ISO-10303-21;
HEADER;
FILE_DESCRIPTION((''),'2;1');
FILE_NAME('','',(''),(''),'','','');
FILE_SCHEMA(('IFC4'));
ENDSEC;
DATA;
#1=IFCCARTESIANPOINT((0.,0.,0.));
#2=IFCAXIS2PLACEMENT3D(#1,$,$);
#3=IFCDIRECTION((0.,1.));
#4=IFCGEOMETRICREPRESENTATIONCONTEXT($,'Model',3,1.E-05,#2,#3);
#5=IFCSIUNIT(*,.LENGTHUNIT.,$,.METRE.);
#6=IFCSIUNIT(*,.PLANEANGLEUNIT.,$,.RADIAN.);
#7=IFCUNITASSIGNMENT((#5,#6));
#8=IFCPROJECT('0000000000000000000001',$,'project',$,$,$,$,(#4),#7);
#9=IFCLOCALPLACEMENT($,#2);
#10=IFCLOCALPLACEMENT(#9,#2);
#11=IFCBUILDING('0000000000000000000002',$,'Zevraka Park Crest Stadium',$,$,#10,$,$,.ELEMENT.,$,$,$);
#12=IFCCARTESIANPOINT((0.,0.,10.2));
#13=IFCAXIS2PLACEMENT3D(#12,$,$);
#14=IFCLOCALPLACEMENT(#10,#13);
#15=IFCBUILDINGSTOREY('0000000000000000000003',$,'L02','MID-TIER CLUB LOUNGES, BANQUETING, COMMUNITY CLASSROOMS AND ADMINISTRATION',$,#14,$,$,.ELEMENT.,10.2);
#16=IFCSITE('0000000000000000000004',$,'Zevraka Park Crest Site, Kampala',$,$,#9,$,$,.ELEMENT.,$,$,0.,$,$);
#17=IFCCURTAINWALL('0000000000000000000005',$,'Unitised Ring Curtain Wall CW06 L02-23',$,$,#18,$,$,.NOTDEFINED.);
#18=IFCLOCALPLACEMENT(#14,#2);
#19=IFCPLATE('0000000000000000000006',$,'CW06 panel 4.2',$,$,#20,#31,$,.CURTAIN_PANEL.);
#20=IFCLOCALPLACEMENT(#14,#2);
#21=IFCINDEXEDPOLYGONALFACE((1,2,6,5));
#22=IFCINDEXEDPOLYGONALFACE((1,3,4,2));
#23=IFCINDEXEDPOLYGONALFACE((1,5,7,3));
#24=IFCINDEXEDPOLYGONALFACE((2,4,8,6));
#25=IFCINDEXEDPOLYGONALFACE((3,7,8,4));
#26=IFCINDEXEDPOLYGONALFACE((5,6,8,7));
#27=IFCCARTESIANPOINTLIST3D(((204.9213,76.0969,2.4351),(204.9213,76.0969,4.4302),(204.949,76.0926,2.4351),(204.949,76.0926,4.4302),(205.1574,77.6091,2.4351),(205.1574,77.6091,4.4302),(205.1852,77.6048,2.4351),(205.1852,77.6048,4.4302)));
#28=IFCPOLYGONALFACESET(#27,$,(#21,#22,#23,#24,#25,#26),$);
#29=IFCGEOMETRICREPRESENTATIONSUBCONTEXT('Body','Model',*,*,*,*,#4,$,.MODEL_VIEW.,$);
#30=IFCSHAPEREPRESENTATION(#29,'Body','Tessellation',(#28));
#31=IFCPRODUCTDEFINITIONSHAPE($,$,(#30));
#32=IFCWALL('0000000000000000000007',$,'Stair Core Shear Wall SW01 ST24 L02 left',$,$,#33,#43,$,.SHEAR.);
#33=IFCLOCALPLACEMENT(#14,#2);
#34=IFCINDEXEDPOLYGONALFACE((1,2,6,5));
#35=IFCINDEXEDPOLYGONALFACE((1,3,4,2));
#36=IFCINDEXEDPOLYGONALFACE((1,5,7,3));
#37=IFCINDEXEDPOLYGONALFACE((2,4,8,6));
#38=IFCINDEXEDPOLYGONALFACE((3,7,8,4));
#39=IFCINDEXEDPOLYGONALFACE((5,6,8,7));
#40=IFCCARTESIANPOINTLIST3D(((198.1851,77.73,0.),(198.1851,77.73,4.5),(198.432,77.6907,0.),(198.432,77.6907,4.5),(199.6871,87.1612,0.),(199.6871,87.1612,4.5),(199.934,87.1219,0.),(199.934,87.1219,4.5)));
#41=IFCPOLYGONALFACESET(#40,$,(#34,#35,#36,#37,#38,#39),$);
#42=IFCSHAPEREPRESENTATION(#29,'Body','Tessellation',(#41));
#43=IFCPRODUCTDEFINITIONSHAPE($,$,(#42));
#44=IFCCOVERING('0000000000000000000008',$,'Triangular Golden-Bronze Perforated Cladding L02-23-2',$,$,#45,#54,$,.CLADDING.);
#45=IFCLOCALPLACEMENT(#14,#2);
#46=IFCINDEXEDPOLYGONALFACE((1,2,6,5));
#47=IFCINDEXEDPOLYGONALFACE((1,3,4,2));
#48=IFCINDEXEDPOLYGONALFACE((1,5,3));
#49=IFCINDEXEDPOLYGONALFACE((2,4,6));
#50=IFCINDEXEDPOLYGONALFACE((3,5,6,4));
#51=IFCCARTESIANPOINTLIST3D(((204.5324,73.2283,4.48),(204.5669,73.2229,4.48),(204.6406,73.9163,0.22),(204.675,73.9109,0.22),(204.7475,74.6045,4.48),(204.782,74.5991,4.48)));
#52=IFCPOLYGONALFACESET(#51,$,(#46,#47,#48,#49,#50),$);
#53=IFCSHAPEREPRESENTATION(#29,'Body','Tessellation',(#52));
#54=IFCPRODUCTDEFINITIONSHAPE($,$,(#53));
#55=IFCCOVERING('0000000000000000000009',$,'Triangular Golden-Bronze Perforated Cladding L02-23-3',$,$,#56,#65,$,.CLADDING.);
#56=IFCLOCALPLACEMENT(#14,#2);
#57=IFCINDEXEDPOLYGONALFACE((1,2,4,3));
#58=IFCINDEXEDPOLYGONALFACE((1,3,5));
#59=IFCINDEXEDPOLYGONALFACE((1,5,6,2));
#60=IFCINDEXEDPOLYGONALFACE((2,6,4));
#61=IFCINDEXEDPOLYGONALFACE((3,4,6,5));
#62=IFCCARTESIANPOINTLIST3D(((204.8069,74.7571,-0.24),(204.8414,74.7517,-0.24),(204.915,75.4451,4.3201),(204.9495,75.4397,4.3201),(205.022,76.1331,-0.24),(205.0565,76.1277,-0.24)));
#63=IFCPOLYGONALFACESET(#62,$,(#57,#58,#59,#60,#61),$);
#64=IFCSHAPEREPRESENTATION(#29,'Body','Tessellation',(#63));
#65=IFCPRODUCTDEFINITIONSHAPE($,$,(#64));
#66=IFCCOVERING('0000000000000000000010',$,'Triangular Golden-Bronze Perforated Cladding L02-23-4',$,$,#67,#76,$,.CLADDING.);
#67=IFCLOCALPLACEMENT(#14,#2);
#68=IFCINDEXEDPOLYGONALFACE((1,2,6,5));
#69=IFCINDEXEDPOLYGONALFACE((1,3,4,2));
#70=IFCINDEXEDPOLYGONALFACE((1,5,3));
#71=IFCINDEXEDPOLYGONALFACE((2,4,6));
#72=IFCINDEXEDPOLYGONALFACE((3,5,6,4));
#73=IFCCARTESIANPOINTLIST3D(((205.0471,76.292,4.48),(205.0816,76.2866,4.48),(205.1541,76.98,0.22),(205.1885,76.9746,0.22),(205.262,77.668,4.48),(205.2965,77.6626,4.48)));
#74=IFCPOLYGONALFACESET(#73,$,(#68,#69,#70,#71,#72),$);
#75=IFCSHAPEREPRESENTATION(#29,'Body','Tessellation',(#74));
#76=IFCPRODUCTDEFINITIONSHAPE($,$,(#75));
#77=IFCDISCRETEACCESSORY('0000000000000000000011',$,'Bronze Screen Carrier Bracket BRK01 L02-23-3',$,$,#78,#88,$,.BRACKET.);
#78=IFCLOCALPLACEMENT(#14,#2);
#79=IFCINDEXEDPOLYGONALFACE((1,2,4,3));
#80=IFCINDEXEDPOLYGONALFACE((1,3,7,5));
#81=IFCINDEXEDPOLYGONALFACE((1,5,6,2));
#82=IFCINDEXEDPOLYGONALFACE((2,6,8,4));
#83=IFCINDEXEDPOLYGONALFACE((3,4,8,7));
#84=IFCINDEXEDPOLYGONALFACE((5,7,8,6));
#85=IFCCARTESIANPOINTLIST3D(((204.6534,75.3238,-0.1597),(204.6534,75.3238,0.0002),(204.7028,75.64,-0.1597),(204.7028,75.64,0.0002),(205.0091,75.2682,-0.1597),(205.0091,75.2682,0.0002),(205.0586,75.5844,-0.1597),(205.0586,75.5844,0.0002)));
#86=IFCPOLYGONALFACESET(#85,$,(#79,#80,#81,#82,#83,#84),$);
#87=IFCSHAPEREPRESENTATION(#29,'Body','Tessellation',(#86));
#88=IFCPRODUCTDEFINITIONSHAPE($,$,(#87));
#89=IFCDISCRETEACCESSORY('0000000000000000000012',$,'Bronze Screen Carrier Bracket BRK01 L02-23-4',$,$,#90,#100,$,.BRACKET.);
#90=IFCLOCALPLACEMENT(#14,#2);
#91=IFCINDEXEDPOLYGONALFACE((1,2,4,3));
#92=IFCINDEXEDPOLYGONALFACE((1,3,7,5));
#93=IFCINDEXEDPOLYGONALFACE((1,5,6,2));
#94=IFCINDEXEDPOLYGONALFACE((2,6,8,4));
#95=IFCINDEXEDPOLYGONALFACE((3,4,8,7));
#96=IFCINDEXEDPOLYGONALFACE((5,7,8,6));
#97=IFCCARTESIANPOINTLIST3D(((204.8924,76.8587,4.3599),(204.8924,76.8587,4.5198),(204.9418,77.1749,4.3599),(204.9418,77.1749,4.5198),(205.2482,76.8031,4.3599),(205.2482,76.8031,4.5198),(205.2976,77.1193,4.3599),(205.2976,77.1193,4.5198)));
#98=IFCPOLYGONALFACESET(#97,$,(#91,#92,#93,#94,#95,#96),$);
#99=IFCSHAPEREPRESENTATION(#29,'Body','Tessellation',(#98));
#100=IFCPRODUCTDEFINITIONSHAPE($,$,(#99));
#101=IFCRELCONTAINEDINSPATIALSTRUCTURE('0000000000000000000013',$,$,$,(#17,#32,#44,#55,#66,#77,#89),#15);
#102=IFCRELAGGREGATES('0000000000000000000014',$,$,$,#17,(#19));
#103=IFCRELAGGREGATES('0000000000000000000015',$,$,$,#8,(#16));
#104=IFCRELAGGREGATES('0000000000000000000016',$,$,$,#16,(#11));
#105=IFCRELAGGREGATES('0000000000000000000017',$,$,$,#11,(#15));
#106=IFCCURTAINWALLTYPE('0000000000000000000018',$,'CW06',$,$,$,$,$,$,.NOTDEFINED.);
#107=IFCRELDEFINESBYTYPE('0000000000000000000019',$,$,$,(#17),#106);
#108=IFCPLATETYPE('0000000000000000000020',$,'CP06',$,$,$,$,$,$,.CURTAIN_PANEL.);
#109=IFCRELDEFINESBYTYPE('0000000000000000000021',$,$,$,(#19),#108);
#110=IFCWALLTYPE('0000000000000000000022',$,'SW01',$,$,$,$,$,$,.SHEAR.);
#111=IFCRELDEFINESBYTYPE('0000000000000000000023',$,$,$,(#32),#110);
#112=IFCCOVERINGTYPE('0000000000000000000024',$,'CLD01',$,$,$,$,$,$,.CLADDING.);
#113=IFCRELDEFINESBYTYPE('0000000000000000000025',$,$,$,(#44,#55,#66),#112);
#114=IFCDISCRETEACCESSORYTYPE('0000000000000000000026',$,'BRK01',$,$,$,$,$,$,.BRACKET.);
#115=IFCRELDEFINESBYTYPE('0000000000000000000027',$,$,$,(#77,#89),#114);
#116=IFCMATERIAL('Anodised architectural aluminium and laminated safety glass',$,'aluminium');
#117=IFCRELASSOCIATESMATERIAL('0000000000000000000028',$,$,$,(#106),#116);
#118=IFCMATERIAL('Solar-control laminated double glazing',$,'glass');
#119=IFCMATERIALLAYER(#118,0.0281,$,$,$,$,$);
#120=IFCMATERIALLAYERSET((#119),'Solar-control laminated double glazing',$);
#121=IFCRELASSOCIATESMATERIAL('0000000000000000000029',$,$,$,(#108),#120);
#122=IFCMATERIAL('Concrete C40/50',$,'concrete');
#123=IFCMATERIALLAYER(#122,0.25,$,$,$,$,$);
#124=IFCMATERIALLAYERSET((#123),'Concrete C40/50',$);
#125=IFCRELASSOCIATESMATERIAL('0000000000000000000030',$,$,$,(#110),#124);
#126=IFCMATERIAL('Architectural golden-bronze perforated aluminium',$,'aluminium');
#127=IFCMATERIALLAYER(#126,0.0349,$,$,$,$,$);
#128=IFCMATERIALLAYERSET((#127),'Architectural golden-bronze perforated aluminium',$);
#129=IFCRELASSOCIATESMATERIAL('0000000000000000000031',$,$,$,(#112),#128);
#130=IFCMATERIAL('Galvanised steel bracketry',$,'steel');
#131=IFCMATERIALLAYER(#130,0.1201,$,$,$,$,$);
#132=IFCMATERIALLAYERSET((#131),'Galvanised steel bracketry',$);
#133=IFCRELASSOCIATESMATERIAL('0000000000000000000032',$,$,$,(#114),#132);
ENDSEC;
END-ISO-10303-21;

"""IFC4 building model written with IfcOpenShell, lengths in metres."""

from ifc_helpers import new_model, si_unit, direction, frame, frame_2d, origin, origin_2d, place, context, subcontext, project, spatial, polyline, rectangle, outline, extrude, material, layer, layer_set, type_object, element, aggregate, save


model = new_model("IFC4")

# Units and contexts
model_context = context("Model", 3, precision=1e-05, world=origin(), true_north=direction((0.0, 1.0)))
body_context = subcontext(model_context, "Body", "Model", "MODEL_VIEW")
ifc_project = project(units=[si_unit("LENGTHUNIT", "METRE"), si_unit("PLANEANGLEUNIT", "RADIAN")], contexts=[model_context])

# Site, building, storey
site_placement = place(None, origin())
site = spatial("IfcSite", under=ifc_project, at=site_placement, Name="Zevraka Park Crest Site, Kampala", CompositionType="ELEMENT", RefElevation=0.0)
building_placement = place(site_placement, origin())
building = spatial("IfcBuilding", under=site, at=building_placement, Name="Zevraka Park Crest Stadium", CompositionType="ELEMENT")
storey_placement = place(building_placement, frame((0.0, 0.0, 10.2)))
storey = spatial("IfcBuildingStorey", under=building, at=storey_placement, Name="L02", Description="MID-TIER CLUB LOUNGES, BANQUETING, COMMUNITY CLASSROOMS AND ADMINISTRATION", CompositionType="ELEMENT", Elevation=10.2)

# Curtain wall, plate
ifc_material_1 = material(Name="Anodised architectural aluminium and laminated safety glass", Category="aluminium")
curtain_wall_type = type_object("IfcCurtainWallType", Name="CW06", PredefinedType="NOTDEFINED", material=ifc_material_1)
curtain_wall_placement = place(storey_placement, origin())
curtain_wall = element("IfcCurtainWall", 1, at=curtain_wall_placement, inside=storey, type_object=curtain_wall_type, Name="Unitised Ring Curtain Wall CW06 L02-23", PredefinedType="NOTDEFINED")
ifc_material_2 = material(Name="Solar-control laminated double glazing", Category="glass")
ifc_layer_1 = layer(ifc_material_2, 0.0281)
ifc_layer_set_1 = layer_set([ifc_layer_1], Name="Solar-control laminated double glazing")
plate_type = type_object("IfcPlateType", Name="CP06", PredefinedType="CURTAIN_PANEL", material=ifc_layer_set_1)
plate_1_placement = place(storey_placement, frame((205.0532, 76.8508, 2.4351), z_axis=(0.0, 0.0, 1.0), x_axis=(0.154274, 0.988028, 0.0)))
plate_1 = element("IfcPlate", 2, at=plate_1_placement, type_object=plate_type, Name="CW06 panel 4.2", PredefinedType="CURTAIN_PANEL", context=body_context, shape_type="SweptSolid", body=[
    extrude(rectangle(XDim=1.5305, YDim=0.0281, at=origin_2d()), origin(), (0.0, 0.0, 1.0), 1.9951),
])
aggregate(curtain_wall, [plate_1])

# Wall
ifc_material_3 = material(Name="Concrete C40/50", Category="concrete")
ifc_layer_2 = layer(ifc_material_3, 0.25)
ifc_layer_set_2 = layer_set([ifc_layer_2], Name="Concrete C40/50")
wall_type = type_object("IfcWallType", Name="SW01", PredefinedType="SHEAR", material=ifc_layer_set_2)
wall_placement = place(storey_placement, frame((198.3086, 77.7104, 0.0), z_axis=(0.0, 0.0, 1.0), x_axis=(0.157273, 0.987555, 0.0)))
element("IfcWall", 3, at=wall_placement, inside=storey, type_object=wall_type, Name="Stair Core Shear Wall SW01 ST24 L02 left", PredefinedType="SHEAR", context=body_context, shape_type="SweptSolid", body=[
    extrude(rectangle(XDim=9.55, YDim=0.25, at=frame_2d((4.7749, 0.0))), origin(), (0.0, 0.0, 1.0), 4.5),
])

# Coverings
ifc_material_4 = material(Name="Architectural golden-bronze perforated aluminium", Category="aluminium")
ifc_layer_3 = layer(ifc_material_4, 0.0349)
ifc_layer_set_3 = layer_set([ifc_layer_3], Name="Architectural golden-bronze perforated aluminium")
covering_type = type_object("IfcCoveringType", Name="CLD01", PredefinedType="CLADDING", material=ifc_layer_set_3)
covering_1_placement = place(storey_placement, frame((204.782, 74.5991, 4.48), z_axis=(0.988006, -0.154414, 0.000146), x_axis=(-0.154414, -0.988006, 0.0)))
element("IfcCovering", 4, at=covering_1_placement, inside=storey, type_object=covering_type, Name="Triangular Golden-Bronze Perforated Cladding L02-23-2", PredefinedType="CLADDING", context=body_context, shape_type="SweptSolid", body=[
    extrude(outline(polyline([(0.0, 0.0), (1.3929, 0.0), (0.6965, 4.26), (0.0, 0.0)])), origin(), (0.0, 0.0, -1.0), 0.0349),
])
covering_2_placement = place(storey_placement, frame((204.8069, 74.7571, -0.24), z_axis=(-0.988002, 0.154441, 0.000132), x_axis=(0.154441, 0.988002, 0.0)))
element("IfcCovering", 5, at=covering_2_placement, inside=storey, type_object=covering_type, Name="Triangular Golden-Bronze Perforated Cladding L02-23-3", PredefinedType="CLADDING", context=body_context, shape_type="SweptSolid", body=[
    extrude(outline(polyline([(0.0, 0.0), (1.3927, 0.0), (0.6964, -4.5601), (0.0, 0.0)])), origin(), (0.0, 0.0, -1.0), 0.0349),
])
covering_3_placement = place(storey_placement, frame((205.262, 77.668, 4.48), z_axis=(-0.988029, 0.15427, 0.000113), x_axis=(-0.15427, -0.988029, 0.0)))
element("IfcCovering", 6, at=covering_3_placement, inside=storey, type_object=covering_type, Name="Triangular Golden-Bronze Perforated Cladding L02-23-4", PredefinedType="CLADDING", context=body_context, shape_type="SweptSolid", body=[
    extrude(outline(polyline([(0.0, 0.0), (1.3926, 0.0), (0.6964, -4.26), (0.0, 0.0)])), origin(), (0.0, 0.0, -1.0), 0.0349),
])

# Discrete accessories
ifc_material_5 = material(Name="Galvanised steel bracketry", Category="steel")
ifc_layer_4 = layer(ifc_material_5, 0.1201)
ifc_layer_set_4 = layer_set([ifc_layer_4], Name="Galvanised steel bracketry")
discrete_accessory_type = type_object("IfcDiscreteAccessoryType", Name="BRK01", PredefinedType="BRACKET", material=ifc_layer_set_4)
for number, where, z_axis, x_axis, name in (
    (7, (204.856, 75.4541, -0.1597), (0.0, 0.0, 1.0), (0.154366, 0.988014, 0.0), "Bronze Screen Carrier Bracket BRK01 L02-23-3"),
    (8, (205.095, 76.989, 4.3599), (0.0, 0.0, 1.0), (0.154366, 0.988014, 0.0), "Bronze Screen Carrier Bracket BRK01 L02-23-4"),
):
    element("IfcDiscreteAccessory", number, at=place(storey_placement, frame(where, z_axis=z_axis, x_axis=x_axis)), inside=storey, type_object=discrete_accessory_type, Name=name, PredefinedType="BRACKET", context=body_context, shape_type="SweptSolid", body=[
        extrude(rectangle(XDim=0.3201, YDim=0.3601, at=origin_2d()), origin(), (0.0, 0.0, 1.0), 0.1599),
    ])

save(model, "model.ifc")
